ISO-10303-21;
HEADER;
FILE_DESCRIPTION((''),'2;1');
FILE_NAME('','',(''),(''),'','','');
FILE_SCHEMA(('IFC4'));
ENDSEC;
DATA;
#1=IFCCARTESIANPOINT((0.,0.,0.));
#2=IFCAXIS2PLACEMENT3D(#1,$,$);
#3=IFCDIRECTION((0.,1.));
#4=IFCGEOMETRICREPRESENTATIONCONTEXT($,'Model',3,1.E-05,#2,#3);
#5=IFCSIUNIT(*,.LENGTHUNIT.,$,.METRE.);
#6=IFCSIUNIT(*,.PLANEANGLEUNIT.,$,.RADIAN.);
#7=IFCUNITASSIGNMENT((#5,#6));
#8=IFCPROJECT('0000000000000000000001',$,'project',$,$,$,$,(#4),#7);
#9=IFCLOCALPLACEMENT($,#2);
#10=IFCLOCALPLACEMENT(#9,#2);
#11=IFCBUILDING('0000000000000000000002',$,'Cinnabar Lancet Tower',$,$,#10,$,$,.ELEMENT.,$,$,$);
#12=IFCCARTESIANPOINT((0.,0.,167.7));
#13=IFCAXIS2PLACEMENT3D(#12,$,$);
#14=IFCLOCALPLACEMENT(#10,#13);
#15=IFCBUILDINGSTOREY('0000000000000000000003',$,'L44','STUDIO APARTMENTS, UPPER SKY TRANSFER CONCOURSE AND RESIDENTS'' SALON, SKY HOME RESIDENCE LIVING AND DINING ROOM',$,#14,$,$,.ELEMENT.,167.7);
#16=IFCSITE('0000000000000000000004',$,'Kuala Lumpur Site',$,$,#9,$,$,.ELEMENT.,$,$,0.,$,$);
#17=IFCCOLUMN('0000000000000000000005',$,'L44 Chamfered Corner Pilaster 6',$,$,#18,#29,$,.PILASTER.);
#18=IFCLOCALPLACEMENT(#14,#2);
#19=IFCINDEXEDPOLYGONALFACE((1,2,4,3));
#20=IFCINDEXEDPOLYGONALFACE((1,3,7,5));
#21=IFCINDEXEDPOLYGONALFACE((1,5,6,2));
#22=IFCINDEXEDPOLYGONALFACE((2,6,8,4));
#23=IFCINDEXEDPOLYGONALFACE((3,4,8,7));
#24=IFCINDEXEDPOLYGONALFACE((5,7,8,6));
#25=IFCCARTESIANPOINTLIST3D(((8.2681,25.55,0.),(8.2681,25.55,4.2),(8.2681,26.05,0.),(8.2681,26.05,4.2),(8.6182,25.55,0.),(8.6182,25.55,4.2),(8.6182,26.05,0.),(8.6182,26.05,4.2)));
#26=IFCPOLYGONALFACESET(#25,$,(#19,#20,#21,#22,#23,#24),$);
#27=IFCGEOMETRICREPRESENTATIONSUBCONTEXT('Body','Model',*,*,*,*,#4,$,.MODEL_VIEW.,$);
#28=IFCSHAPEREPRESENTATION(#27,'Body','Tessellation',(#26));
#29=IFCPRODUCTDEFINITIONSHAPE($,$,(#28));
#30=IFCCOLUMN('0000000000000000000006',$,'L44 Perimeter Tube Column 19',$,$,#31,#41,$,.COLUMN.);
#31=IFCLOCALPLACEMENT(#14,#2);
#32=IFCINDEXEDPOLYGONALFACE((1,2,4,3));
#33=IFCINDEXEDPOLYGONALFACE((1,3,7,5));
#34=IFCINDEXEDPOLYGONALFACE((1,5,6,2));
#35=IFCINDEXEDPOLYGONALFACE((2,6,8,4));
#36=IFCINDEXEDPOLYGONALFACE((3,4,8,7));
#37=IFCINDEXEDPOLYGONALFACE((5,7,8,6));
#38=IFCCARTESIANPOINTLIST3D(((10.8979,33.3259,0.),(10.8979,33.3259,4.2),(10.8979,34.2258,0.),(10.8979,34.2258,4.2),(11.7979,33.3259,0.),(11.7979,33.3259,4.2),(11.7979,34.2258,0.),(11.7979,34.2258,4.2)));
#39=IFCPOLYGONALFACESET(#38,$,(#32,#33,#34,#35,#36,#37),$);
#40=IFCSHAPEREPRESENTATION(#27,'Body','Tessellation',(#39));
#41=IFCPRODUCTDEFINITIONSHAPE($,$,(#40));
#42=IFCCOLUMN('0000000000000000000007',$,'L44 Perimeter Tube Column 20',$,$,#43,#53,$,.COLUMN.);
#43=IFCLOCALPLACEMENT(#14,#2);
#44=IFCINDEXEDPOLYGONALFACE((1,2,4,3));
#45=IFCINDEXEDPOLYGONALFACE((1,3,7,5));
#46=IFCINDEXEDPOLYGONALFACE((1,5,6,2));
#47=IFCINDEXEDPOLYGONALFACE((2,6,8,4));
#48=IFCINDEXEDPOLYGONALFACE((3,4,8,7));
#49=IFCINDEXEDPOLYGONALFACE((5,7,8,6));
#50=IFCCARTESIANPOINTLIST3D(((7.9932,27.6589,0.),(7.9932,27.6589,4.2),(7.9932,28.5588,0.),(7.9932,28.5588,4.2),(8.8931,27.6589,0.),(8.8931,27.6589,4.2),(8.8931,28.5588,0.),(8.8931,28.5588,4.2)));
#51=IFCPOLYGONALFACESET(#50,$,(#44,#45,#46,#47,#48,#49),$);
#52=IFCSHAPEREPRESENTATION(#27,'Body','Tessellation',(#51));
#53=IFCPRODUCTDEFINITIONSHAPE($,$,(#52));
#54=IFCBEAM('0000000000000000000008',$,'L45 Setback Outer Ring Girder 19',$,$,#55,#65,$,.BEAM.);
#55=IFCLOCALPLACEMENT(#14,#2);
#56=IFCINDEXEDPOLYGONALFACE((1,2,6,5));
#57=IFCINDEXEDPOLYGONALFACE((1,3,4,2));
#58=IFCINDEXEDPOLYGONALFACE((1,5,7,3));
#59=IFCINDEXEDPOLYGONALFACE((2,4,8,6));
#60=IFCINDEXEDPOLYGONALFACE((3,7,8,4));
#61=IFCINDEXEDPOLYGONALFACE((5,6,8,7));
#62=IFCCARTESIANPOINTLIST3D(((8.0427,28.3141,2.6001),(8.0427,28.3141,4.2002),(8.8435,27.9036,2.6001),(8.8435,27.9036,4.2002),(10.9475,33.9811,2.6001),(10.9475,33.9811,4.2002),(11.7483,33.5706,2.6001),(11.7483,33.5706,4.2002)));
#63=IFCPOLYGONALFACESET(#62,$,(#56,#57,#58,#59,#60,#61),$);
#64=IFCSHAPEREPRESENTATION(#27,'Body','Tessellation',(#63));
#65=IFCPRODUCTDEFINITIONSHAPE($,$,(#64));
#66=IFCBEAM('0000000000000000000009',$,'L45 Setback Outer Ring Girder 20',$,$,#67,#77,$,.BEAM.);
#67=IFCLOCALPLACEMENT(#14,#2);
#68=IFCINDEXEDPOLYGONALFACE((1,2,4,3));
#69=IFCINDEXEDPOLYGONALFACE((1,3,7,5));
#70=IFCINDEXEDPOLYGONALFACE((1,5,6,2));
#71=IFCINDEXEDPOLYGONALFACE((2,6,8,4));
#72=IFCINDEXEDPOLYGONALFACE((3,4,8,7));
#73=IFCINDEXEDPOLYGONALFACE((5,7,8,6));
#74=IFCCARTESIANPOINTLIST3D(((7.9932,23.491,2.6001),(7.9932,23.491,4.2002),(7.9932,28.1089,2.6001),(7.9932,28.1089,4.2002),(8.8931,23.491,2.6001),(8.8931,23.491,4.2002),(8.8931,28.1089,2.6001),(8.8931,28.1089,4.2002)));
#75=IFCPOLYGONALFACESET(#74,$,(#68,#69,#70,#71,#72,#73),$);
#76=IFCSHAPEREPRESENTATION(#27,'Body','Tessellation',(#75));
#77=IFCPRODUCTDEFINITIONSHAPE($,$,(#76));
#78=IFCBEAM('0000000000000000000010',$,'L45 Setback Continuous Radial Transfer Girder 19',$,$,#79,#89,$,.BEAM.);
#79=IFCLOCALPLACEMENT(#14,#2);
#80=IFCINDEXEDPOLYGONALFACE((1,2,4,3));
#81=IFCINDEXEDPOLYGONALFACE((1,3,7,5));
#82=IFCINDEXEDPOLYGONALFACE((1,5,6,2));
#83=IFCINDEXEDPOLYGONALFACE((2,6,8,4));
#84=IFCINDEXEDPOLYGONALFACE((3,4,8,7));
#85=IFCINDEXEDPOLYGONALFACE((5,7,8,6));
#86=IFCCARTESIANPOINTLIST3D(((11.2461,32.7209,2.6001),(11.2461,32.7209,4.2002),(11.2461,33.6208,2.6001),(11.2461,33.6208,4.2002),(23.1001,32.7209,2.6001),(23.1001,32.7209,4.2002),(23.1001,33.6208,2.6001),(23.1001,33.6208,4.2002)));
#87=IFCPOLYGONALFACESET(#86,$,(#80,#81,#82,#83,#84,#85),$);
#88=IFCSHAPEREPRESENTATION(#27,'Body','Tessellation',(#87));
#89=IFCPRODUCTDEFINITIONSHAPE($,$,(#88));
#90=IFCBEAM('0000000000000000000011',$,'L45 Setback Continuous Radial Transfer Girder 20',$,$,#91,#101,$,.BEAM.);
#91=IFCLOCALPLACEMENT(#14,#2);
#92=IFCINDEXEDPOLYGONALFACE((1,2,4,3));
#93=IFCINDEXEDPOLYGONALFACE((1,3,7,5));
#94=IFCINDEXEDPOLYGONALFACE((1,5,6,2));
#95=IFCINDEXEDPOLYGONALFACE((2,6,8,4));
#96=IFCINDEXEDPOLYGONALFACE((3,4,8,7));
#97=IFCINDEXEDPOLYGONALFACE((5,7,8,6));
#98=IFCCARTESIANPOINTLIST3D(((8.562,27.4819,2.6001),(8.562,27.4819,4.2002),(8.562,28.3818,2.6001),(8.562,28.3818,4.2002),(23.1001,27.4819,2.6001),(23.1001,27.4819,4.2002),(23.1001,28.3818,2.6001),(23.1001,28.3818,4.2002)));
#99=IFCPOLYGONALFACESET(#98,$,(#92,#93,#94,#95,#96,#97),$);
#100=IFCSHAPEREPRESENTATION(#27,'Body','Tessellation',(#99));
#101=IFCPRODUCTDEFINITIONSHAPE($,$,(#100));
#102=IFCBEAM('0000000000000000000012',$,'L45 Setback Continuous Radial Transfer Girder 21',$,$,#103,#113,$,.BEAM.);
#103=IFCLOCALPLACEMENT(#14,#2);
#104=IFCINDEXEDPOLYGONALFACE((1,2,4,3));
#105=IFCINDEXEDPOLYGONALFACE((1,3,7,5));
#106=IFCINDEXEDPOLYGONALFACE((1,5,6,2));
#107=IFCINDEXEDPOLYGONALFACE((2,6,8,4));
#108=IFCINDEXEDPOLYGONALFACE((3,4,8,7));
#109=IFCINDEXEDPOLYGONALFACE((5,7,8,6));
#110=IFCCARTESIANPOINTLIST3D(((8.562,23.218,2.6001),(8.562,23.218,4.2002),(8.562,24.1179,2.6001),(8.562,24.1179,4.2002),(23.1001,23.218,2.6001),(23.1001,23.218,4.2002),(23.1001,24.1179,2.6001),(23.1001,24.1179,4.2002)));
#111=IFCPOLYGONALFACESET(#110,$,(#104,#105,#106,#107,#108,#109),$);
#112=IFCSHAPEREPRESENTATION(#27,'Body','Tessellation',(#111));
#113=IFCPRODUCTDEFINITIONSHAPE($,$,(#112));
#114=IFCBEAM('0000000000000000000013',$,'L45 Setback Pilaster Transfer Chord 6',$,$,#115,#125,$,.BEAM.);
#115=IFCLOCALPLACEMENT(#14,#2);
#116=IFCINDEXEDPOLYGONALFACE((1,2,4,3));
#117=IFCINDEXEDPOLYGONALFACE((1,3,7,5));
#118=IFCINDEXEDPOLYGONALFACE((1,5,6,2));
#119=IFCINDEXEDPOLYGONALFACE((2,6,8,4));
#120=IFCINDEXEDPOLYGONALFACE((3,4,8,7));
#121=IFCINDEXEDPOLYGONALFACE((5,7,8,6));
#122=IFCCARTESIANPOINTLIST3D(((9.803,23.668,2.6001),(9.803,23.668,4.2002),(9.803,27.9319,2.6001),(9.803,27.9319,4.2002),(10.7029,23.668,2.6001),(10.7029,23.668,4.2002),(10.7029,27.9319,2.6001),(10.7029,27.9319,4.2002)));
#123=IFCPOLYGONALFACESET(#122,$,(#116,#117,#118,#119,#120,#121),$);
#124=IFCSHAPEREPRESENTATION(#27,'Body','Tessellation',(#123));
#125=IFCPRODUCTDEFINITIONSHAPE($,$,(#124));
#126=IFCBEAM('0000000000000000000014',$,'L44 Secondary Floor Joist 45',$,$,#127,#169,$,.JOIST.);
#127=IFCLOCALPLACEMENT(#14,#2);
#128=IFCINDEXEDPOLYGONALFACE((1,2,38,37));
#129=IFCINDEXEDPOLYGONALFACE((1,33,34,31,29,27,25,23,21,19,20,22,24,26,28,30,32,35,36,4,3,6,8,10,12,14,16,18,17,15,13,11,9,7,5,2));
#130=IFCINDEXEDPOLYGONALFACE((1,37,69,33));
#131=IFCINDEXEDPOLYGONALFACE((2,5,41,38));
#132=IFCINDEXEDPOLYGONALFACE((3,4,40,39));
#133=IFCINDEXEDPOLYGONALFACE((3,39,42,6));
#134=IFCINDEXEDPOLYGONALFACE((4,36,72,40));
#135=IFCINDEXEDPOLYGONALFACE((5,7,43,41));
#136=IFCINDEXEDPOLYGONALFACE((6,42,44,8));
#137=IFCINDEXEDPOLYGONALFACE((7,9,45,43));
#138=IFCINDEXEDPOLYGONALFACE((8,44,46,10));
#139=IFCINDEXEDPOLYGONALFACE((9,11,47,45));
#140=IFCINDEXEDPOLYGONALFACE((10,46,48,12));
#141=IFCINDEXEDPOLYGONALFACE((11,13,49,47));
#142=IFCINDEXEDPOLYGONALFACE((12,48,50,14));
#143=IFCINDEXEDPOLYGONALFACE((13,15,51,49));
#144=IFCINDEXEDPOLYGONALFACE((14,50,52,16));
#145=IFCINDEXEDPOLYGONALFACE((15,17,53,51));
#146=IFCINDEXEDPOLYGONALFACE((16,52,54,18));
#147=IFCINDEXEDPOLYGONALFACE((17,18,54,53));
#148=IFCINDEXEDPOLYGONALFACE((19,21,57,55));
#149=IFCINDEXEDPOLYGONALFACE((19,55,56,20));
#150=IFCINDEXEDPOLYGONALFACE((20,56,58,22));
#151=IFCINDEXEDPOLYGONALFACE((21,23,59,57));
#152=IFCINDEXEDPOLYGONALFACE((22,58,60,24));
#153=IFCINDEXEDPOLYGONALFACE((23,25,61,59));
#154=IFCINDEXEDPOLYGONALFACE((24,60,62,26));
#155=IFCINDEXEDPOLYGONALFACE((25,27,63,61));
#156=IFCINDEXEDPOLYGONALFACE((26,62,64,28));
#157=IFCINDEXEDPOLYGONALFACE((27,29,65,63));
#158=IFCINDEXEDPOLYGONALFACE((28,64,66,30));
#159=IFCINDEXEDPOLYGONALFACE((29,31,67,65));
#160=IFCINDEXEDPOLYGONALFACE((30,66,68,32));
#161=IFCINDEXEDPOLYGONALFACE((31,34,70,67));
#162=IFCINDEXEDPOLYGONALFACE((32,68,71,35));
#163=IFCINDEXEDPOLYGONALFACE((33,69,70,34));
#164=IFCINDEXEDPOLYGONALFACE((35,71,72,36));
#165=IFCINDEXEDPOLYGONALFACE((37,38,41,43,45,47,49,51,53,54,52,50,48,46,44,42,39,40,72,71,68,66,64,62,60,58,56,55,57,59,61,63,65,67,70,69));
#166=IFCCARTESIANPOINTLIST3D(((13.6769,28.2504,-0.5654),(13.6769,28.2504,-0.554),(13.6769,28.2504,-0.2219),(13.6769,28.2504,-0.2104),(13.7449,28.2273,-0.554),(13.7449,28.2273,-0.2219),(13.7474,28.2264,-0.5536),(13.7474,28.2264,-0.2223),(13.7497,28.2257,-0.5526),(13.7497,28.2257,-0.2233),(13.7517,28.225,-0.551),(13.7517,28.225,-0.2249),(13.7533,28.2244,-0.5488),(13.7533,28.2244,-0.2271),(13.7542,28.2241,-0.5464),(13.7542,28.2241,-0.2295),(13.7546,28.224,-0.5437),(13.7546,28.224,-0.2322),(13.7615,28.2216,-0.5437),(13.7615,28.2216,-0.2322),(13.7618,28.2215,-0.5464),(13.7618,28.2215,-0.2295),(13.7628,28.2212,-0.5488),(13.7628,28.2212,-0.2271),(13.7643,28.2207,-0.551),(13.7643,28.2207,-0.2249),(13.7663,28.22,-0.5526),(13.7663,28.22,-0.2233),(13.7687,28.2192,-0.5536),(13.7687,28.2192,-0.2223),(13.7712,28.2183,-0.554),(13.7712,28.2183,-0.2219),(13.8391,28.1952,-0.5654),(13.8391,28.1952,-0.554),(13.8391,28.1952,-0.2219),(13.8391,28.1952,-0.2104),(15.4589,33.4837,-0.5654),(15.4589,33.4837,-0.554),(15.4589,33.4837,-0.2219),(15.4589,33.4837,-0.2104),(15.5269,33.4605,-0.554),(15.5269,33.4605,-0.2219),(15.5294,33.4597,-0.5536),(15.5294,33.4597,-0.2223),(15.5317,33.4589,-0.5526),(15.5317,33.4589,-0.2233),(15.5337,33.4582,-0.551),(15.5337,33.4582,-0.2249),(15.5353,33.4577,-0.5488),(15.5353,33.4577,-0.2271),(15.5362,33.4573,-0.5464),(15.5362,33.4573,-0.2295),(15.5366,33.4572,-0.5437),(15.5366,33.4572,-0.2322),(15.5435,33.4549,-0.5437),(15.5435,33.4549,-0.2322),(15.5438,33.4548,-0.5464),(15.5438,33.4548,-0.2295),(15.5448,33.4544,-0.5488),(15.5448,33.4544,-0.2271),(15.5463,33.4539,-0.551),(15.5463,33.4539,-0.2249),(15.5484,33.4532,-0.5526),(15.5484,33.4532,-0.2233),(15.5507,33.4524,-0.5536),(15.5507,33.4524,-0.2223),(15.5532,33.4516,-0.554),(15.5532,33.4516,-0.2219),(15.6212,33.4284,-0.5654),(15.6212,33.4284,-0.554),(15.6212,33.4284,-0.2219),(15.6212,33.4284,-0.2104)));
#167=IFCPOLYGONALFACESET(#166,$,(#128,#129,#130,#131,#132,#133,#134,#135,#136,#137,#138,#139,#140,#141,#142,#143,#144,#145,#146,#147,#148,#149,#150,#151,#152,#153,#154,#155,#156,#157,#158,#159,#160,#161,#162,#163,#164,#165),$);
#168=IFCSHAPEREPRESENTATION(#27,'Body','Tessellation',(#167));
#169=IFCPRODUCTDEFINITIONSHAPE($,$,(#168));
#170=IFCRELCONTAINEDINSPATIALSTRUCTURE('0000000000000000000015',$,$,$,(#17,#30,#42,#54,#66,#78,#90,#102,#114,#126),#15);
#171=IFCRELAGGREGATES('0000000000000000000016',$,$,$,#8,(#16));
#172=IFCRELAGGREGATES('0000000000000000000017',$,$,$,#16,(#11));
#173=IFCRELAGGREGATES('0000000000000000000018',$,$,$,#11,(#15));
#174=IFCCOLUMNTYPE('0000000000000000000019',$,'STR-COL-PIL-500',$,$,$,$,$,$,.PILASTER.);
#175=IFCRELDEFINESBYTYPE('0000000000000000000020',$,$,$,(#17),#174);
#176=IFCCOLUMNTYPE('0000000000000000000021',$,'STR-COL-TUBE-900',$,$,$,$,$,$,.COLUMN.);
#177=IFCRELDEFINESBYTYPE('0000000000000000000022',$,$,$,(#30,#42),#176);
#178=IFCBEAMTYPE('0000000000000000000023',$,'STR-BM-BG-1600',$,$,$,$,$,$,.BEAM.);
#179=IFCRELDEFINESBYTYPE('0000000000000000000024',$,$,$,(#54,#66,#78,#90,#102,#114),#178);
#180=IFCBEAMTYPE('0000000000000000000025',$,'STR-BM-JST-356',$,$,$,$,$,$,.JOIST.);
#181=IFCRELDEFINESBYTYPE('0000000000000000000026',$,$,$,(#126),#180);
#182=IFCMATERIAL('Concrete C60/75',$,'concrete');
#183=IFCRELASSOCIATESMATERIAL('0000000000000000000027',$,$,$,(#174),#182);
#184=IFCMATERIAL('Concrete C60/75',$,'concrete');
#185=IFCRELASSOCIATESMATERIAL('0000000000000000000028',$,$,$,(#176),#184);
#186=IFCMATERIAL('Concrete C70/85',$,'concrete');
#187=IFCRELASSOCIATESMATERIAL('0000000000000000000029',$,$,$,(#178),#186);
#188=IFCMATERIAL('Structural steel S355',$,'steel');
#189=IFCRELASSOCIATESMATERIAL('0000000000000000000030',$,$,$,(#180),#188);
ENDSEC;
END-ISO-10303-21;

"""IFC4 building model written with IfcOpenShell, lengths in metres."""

from ifc_helpers import new_model, si_unit, direction, frame, origin, origin_2d, place, context, subcontext, project, spatial, rectangle, i_section, extrude, material, material_profile, profile_set, type_object, element, save


model = new_model("IFC4")

# Units and contexts
model_context = context("Model", 3, precision=1e-05, world=origin(), true_north=direction((0.0, 1.0)))
body_context = subcontext(model_context, "Body", "Model", "MODEL_VIEW")
ifc_project = project(units=[si_unit("LENGTHUNIT", "METRE"), si_unit("PLANEANGLEUNIT", "RADIAN")], contexts=[model_context])

# Site, building, storey
site_placement = place(None, origin())
site = spatial("IfcSite", under=ifc_project, at=site_placement, Name="Kuala Lumpur Site", CompositionType="ELEMENT", RefElevation=0.0)
building_placement = place(site_placement, origin())
building = spatial("IfcBuilding", under=site, at=building_placement, Name="Cinnabar Lancet Tower", CompositionType="ELEMENT")
storey_placement = place(building_placement, frame((0.0, 0.0, 167.7)))
storey = spatial("IfcBuildingStorey", under=building, at=storey_placement, Name="L44", Description="STUDIO APARTMENTS, UPPER SKY TRANSFER CONCOURSE AND RESIDENTS' SALON, SKY HOME RESIDENCE LIVING AND DINING ROOM", CompositionType="ELEMENT", Elevation=167.7)

# Columns
ifc_material_1 = material(Name="Concrete C60/75", Category="concrete")
ifc_material_profile_1 = material_profile(ifc_material_1, rectangle(XDim=0.5, YDim=0.3501, at=origin_2d()), Name="RC-PIL 500x350")
ifc_profile_set_1 = profile_set([ifc_material_profile_1], Name="Concrete C60/75")
column_type_1 = type_object("IfcColumnType", Name="STR-COL-PIL-500", PredefinedType="PILASTER", material=ifc_profile_set_1)
column_placement = place(storey_placement, frame((8.4431, 25.8, 0.0), z_axis=(0.0, 0.0, 1.0), x_axis=(0.0, -1.0, 0.0)))
element("IfcColumn", 1, at=column_placement, inside=storey, type_object=column_type_1, Name="L44 Chamfered Corner Pilaster 6", PredefinedType="PILASTER", context=body_context, shape_type="SweptSolid", body=[
    extrude(rectangle(XDim=0.5, YDim=0.3501, at=origin_2d()), origin(), (0.0, 0.0, 1.0), 4.2),
])
ifc_material_2 = material(Name="Concrete C60/75", Category="concrete")
ifc_material_profile_2 = material_profile(ifc_material_2, rectangle(XDim=0.8999, YDim=0.8999, at=origin_2d()), Name="RC-COL 900x900")
ifc_profile_set_2 = profile_set([ifc_material_profile_2], Name="Concrete C60/75")
column_type_2 = type_object("IfcColumnType", Name="STR-COL-TUBE-900", PredefinedType="COLUMN", material=ifc_profile_set_2)
for number, where, z_axis, x_axis, name in (
    (2, (11.3479, 33.7759, 0.0), (0.0, 0.0, 1.0), (1.0, 0.0, 0.0), "L44 Perimeter Tube Column 19"),
    (3, (8.4431, 28.1089, 0.0), (0.0, 0.0, 1.0), (1.0, 0.0, 0.0), "L44 Perimeter Tube Column 20"),
):
    element("IfcColumn", number, at=place(storey_placement, frame(where, z_axis=z_axis, x_axis=x_axis)), inside=storey, type_object=column_type_2, Name=name, PredefinedType="COLUMN", context=body_context, shape_type="SweptSolid", body=[
        extrude(rectangle(XDim=0.8999, YDim=0.8999, at=origin_2d()), origin(), (0.0, 0.0, 1.0), 4.2),
    ])

# Beams
ifc_material_3 = material(Name="Concrete C70/85", Category="concrete")
ifc_material_profile_3 = material_profile(ifc_material_3, rectangle(XDim=0.8999, YDim=1.6001, at=origin_2d()), Name="RC-BG 900x1600")
ifc_profile_set_3 = profile_set([ifc_material_profile_3], Name="Concrete C70/85")
beam_type_1 = type_object("IfcBeamType", Name="STR-BM-BG-1600", PredefinedType="BEAM", material=ifc_profile_set_3)
beam_1_placement = place(storey_placement, frame((11.3479, 33.7759, 3.4001), z_axis=(-0.456147, -0.889904, 0.0), x_axis=(0.889904, -0.456147, 0.0)))
element("IfcBeam", 4, at=beam_1_placement, inside=storey, type_object=beam_type_1, Name="L45 Setback Outer Ring Girder 19", PredefinedType="BEAM", context=body_context, shape_type="SweptSolid", body=[
    extrude(rectangle(XDim=0.8999, YDim=1.6001, at=origin_2d()), origin(), (0.0, 0.0, 1.0), 6.3682),
])
beam_2_placement = place(storey_placement, frame((8.4431, 28.1089, 3.4001), z_axis=(0.0, -1.0, 0.0), x_axis=(1.0, 0.0, 0.0)))
element("IfcBeam", 5, at=beam_2_placement, inside=storey, type_object=beam_type_1, Name="L45 Setback Outer Ring Girder 20", PredefinedType="BEAM", context=body_context, shape_type="SweptSolid", body=[
    extrude(rectangle(XDim=0.8999, YDim=1.6001, at=origin_2d()), origin(), (0.0, 0.0, 1.0), 4.6179),
])
beam_3_placement = place(storey_placement, frame((11.2461, 33.1709, 3.4001), z_axis=(1.0, 0.0, 0.0), x_axis=(0.0, 1.0, 0.0)))
element("IfcBeam", 6, at=beam_3_placement, inside=storey, type_object=beam_type_1, Name="L45 Setback Continuous Radial Transfer Girder 19", PredefinedType="BEAM", context=body_context, shape_type="SweptSolid", body=[
    extrude(rectangle(XDim=0.8999, YDim=1.6001, at=origin_2d()), origin(), (0.0, 0.0, 1.0), 11.854),
])
for number, where, z_axis, x_axis, name in (
    (7, (8.562, 27.9319, 3.4001), (1.0, 0.0, 0.0), (0.0, 1.0, 0.0), "L45 Setback Continuous Radial Transfer Girder 20"),
    (8, (8.562, 23.668, 3.4001), (1.0, 0.0, 0.0), (0.0, 1.0, 0.0), "L45 Setback Continuous Radial Transfer Girder 21"),
):
    element("IfcBeam", number, at=place(storey_placement, frame(where, z_axis=z_axis, x_axis=x_axis)), inside=storey, type_object=beam_type_1, Name=name, PredefinedType="BEAM", context=body_context, shape_type="SweptSolid", body=[
        extrude(rectangle(XDim=0.8999, YDim=1.6001, at=origin_2d()), origin(), (0.0, 0.0, 1.0), 14.5381),
    ])
beam_4_placement = place(storey_placement, frame((10.2529, 27.9319, 3.4001), z_axis=(0.0, -1.0, 0.0), x_axis=(1.0, 0.0, 0.0)))
element("IfcBeam", 9, at=beam_4_placement, inside=storey, type_object=beam_type_1, Name="L45 Setback Pilaster Transfer Chord 6", PredefinedType="BEAM", context=body_context, shape_type="SweptSolid", body=[
    extrude(rectangle(XDim=0.8999, YDim=1.6001, at=origin_2d()), origin(), (0.0, 0.0, 1.0), 4.2639),
])
ifc_material_4 = material(Name="Structural steel S355", Category="steel")
ifc_material_profile_4 = material_profile(ifc_material_4, i_section(OverallWidth=0.1714, OverallDepth=0.355, WebThickness=0.0073, FlangeThickness=0.0115, FilletRadius=0.0103, at=origin_2d()), Name="UKB 356x171x51")
ifc_profile_set_4 = profile_set([ifc_material_profile_4], Name="Structural steel S355")
beam_type_2 = type_object("IfcBeamType", Name="STR-BM-JST-356", PredefinedType="JOIST", material=ifc_profile_set_4)
beam_5_placement = place(storey_placement, frame((15.54, 33.4561, -0.3879), z_axis=(-0.322342, -0.946623, 0.0), x_axis=(0.946623, -0.322342, 0.0)))
element("IfcBeam", 10, at=beam_5_placement, inside=storey, type_object=beam_type_2, Name="L44 Secondary Floor Joist 45", PredefinedType="JOIST", context=body_context, shape_type="SweptSolid", body=[
    extrude(i_section(OverallWidth=0.1714, OverallDepth=0.355, WebThickness=0.0073, FlangeThickness=0.0115, FilletRadius=0.0103, at=origin_2d()), origin(), (0.0, 0.0, 1.0), 5.5283),
])

save(model, "model.ifc")
